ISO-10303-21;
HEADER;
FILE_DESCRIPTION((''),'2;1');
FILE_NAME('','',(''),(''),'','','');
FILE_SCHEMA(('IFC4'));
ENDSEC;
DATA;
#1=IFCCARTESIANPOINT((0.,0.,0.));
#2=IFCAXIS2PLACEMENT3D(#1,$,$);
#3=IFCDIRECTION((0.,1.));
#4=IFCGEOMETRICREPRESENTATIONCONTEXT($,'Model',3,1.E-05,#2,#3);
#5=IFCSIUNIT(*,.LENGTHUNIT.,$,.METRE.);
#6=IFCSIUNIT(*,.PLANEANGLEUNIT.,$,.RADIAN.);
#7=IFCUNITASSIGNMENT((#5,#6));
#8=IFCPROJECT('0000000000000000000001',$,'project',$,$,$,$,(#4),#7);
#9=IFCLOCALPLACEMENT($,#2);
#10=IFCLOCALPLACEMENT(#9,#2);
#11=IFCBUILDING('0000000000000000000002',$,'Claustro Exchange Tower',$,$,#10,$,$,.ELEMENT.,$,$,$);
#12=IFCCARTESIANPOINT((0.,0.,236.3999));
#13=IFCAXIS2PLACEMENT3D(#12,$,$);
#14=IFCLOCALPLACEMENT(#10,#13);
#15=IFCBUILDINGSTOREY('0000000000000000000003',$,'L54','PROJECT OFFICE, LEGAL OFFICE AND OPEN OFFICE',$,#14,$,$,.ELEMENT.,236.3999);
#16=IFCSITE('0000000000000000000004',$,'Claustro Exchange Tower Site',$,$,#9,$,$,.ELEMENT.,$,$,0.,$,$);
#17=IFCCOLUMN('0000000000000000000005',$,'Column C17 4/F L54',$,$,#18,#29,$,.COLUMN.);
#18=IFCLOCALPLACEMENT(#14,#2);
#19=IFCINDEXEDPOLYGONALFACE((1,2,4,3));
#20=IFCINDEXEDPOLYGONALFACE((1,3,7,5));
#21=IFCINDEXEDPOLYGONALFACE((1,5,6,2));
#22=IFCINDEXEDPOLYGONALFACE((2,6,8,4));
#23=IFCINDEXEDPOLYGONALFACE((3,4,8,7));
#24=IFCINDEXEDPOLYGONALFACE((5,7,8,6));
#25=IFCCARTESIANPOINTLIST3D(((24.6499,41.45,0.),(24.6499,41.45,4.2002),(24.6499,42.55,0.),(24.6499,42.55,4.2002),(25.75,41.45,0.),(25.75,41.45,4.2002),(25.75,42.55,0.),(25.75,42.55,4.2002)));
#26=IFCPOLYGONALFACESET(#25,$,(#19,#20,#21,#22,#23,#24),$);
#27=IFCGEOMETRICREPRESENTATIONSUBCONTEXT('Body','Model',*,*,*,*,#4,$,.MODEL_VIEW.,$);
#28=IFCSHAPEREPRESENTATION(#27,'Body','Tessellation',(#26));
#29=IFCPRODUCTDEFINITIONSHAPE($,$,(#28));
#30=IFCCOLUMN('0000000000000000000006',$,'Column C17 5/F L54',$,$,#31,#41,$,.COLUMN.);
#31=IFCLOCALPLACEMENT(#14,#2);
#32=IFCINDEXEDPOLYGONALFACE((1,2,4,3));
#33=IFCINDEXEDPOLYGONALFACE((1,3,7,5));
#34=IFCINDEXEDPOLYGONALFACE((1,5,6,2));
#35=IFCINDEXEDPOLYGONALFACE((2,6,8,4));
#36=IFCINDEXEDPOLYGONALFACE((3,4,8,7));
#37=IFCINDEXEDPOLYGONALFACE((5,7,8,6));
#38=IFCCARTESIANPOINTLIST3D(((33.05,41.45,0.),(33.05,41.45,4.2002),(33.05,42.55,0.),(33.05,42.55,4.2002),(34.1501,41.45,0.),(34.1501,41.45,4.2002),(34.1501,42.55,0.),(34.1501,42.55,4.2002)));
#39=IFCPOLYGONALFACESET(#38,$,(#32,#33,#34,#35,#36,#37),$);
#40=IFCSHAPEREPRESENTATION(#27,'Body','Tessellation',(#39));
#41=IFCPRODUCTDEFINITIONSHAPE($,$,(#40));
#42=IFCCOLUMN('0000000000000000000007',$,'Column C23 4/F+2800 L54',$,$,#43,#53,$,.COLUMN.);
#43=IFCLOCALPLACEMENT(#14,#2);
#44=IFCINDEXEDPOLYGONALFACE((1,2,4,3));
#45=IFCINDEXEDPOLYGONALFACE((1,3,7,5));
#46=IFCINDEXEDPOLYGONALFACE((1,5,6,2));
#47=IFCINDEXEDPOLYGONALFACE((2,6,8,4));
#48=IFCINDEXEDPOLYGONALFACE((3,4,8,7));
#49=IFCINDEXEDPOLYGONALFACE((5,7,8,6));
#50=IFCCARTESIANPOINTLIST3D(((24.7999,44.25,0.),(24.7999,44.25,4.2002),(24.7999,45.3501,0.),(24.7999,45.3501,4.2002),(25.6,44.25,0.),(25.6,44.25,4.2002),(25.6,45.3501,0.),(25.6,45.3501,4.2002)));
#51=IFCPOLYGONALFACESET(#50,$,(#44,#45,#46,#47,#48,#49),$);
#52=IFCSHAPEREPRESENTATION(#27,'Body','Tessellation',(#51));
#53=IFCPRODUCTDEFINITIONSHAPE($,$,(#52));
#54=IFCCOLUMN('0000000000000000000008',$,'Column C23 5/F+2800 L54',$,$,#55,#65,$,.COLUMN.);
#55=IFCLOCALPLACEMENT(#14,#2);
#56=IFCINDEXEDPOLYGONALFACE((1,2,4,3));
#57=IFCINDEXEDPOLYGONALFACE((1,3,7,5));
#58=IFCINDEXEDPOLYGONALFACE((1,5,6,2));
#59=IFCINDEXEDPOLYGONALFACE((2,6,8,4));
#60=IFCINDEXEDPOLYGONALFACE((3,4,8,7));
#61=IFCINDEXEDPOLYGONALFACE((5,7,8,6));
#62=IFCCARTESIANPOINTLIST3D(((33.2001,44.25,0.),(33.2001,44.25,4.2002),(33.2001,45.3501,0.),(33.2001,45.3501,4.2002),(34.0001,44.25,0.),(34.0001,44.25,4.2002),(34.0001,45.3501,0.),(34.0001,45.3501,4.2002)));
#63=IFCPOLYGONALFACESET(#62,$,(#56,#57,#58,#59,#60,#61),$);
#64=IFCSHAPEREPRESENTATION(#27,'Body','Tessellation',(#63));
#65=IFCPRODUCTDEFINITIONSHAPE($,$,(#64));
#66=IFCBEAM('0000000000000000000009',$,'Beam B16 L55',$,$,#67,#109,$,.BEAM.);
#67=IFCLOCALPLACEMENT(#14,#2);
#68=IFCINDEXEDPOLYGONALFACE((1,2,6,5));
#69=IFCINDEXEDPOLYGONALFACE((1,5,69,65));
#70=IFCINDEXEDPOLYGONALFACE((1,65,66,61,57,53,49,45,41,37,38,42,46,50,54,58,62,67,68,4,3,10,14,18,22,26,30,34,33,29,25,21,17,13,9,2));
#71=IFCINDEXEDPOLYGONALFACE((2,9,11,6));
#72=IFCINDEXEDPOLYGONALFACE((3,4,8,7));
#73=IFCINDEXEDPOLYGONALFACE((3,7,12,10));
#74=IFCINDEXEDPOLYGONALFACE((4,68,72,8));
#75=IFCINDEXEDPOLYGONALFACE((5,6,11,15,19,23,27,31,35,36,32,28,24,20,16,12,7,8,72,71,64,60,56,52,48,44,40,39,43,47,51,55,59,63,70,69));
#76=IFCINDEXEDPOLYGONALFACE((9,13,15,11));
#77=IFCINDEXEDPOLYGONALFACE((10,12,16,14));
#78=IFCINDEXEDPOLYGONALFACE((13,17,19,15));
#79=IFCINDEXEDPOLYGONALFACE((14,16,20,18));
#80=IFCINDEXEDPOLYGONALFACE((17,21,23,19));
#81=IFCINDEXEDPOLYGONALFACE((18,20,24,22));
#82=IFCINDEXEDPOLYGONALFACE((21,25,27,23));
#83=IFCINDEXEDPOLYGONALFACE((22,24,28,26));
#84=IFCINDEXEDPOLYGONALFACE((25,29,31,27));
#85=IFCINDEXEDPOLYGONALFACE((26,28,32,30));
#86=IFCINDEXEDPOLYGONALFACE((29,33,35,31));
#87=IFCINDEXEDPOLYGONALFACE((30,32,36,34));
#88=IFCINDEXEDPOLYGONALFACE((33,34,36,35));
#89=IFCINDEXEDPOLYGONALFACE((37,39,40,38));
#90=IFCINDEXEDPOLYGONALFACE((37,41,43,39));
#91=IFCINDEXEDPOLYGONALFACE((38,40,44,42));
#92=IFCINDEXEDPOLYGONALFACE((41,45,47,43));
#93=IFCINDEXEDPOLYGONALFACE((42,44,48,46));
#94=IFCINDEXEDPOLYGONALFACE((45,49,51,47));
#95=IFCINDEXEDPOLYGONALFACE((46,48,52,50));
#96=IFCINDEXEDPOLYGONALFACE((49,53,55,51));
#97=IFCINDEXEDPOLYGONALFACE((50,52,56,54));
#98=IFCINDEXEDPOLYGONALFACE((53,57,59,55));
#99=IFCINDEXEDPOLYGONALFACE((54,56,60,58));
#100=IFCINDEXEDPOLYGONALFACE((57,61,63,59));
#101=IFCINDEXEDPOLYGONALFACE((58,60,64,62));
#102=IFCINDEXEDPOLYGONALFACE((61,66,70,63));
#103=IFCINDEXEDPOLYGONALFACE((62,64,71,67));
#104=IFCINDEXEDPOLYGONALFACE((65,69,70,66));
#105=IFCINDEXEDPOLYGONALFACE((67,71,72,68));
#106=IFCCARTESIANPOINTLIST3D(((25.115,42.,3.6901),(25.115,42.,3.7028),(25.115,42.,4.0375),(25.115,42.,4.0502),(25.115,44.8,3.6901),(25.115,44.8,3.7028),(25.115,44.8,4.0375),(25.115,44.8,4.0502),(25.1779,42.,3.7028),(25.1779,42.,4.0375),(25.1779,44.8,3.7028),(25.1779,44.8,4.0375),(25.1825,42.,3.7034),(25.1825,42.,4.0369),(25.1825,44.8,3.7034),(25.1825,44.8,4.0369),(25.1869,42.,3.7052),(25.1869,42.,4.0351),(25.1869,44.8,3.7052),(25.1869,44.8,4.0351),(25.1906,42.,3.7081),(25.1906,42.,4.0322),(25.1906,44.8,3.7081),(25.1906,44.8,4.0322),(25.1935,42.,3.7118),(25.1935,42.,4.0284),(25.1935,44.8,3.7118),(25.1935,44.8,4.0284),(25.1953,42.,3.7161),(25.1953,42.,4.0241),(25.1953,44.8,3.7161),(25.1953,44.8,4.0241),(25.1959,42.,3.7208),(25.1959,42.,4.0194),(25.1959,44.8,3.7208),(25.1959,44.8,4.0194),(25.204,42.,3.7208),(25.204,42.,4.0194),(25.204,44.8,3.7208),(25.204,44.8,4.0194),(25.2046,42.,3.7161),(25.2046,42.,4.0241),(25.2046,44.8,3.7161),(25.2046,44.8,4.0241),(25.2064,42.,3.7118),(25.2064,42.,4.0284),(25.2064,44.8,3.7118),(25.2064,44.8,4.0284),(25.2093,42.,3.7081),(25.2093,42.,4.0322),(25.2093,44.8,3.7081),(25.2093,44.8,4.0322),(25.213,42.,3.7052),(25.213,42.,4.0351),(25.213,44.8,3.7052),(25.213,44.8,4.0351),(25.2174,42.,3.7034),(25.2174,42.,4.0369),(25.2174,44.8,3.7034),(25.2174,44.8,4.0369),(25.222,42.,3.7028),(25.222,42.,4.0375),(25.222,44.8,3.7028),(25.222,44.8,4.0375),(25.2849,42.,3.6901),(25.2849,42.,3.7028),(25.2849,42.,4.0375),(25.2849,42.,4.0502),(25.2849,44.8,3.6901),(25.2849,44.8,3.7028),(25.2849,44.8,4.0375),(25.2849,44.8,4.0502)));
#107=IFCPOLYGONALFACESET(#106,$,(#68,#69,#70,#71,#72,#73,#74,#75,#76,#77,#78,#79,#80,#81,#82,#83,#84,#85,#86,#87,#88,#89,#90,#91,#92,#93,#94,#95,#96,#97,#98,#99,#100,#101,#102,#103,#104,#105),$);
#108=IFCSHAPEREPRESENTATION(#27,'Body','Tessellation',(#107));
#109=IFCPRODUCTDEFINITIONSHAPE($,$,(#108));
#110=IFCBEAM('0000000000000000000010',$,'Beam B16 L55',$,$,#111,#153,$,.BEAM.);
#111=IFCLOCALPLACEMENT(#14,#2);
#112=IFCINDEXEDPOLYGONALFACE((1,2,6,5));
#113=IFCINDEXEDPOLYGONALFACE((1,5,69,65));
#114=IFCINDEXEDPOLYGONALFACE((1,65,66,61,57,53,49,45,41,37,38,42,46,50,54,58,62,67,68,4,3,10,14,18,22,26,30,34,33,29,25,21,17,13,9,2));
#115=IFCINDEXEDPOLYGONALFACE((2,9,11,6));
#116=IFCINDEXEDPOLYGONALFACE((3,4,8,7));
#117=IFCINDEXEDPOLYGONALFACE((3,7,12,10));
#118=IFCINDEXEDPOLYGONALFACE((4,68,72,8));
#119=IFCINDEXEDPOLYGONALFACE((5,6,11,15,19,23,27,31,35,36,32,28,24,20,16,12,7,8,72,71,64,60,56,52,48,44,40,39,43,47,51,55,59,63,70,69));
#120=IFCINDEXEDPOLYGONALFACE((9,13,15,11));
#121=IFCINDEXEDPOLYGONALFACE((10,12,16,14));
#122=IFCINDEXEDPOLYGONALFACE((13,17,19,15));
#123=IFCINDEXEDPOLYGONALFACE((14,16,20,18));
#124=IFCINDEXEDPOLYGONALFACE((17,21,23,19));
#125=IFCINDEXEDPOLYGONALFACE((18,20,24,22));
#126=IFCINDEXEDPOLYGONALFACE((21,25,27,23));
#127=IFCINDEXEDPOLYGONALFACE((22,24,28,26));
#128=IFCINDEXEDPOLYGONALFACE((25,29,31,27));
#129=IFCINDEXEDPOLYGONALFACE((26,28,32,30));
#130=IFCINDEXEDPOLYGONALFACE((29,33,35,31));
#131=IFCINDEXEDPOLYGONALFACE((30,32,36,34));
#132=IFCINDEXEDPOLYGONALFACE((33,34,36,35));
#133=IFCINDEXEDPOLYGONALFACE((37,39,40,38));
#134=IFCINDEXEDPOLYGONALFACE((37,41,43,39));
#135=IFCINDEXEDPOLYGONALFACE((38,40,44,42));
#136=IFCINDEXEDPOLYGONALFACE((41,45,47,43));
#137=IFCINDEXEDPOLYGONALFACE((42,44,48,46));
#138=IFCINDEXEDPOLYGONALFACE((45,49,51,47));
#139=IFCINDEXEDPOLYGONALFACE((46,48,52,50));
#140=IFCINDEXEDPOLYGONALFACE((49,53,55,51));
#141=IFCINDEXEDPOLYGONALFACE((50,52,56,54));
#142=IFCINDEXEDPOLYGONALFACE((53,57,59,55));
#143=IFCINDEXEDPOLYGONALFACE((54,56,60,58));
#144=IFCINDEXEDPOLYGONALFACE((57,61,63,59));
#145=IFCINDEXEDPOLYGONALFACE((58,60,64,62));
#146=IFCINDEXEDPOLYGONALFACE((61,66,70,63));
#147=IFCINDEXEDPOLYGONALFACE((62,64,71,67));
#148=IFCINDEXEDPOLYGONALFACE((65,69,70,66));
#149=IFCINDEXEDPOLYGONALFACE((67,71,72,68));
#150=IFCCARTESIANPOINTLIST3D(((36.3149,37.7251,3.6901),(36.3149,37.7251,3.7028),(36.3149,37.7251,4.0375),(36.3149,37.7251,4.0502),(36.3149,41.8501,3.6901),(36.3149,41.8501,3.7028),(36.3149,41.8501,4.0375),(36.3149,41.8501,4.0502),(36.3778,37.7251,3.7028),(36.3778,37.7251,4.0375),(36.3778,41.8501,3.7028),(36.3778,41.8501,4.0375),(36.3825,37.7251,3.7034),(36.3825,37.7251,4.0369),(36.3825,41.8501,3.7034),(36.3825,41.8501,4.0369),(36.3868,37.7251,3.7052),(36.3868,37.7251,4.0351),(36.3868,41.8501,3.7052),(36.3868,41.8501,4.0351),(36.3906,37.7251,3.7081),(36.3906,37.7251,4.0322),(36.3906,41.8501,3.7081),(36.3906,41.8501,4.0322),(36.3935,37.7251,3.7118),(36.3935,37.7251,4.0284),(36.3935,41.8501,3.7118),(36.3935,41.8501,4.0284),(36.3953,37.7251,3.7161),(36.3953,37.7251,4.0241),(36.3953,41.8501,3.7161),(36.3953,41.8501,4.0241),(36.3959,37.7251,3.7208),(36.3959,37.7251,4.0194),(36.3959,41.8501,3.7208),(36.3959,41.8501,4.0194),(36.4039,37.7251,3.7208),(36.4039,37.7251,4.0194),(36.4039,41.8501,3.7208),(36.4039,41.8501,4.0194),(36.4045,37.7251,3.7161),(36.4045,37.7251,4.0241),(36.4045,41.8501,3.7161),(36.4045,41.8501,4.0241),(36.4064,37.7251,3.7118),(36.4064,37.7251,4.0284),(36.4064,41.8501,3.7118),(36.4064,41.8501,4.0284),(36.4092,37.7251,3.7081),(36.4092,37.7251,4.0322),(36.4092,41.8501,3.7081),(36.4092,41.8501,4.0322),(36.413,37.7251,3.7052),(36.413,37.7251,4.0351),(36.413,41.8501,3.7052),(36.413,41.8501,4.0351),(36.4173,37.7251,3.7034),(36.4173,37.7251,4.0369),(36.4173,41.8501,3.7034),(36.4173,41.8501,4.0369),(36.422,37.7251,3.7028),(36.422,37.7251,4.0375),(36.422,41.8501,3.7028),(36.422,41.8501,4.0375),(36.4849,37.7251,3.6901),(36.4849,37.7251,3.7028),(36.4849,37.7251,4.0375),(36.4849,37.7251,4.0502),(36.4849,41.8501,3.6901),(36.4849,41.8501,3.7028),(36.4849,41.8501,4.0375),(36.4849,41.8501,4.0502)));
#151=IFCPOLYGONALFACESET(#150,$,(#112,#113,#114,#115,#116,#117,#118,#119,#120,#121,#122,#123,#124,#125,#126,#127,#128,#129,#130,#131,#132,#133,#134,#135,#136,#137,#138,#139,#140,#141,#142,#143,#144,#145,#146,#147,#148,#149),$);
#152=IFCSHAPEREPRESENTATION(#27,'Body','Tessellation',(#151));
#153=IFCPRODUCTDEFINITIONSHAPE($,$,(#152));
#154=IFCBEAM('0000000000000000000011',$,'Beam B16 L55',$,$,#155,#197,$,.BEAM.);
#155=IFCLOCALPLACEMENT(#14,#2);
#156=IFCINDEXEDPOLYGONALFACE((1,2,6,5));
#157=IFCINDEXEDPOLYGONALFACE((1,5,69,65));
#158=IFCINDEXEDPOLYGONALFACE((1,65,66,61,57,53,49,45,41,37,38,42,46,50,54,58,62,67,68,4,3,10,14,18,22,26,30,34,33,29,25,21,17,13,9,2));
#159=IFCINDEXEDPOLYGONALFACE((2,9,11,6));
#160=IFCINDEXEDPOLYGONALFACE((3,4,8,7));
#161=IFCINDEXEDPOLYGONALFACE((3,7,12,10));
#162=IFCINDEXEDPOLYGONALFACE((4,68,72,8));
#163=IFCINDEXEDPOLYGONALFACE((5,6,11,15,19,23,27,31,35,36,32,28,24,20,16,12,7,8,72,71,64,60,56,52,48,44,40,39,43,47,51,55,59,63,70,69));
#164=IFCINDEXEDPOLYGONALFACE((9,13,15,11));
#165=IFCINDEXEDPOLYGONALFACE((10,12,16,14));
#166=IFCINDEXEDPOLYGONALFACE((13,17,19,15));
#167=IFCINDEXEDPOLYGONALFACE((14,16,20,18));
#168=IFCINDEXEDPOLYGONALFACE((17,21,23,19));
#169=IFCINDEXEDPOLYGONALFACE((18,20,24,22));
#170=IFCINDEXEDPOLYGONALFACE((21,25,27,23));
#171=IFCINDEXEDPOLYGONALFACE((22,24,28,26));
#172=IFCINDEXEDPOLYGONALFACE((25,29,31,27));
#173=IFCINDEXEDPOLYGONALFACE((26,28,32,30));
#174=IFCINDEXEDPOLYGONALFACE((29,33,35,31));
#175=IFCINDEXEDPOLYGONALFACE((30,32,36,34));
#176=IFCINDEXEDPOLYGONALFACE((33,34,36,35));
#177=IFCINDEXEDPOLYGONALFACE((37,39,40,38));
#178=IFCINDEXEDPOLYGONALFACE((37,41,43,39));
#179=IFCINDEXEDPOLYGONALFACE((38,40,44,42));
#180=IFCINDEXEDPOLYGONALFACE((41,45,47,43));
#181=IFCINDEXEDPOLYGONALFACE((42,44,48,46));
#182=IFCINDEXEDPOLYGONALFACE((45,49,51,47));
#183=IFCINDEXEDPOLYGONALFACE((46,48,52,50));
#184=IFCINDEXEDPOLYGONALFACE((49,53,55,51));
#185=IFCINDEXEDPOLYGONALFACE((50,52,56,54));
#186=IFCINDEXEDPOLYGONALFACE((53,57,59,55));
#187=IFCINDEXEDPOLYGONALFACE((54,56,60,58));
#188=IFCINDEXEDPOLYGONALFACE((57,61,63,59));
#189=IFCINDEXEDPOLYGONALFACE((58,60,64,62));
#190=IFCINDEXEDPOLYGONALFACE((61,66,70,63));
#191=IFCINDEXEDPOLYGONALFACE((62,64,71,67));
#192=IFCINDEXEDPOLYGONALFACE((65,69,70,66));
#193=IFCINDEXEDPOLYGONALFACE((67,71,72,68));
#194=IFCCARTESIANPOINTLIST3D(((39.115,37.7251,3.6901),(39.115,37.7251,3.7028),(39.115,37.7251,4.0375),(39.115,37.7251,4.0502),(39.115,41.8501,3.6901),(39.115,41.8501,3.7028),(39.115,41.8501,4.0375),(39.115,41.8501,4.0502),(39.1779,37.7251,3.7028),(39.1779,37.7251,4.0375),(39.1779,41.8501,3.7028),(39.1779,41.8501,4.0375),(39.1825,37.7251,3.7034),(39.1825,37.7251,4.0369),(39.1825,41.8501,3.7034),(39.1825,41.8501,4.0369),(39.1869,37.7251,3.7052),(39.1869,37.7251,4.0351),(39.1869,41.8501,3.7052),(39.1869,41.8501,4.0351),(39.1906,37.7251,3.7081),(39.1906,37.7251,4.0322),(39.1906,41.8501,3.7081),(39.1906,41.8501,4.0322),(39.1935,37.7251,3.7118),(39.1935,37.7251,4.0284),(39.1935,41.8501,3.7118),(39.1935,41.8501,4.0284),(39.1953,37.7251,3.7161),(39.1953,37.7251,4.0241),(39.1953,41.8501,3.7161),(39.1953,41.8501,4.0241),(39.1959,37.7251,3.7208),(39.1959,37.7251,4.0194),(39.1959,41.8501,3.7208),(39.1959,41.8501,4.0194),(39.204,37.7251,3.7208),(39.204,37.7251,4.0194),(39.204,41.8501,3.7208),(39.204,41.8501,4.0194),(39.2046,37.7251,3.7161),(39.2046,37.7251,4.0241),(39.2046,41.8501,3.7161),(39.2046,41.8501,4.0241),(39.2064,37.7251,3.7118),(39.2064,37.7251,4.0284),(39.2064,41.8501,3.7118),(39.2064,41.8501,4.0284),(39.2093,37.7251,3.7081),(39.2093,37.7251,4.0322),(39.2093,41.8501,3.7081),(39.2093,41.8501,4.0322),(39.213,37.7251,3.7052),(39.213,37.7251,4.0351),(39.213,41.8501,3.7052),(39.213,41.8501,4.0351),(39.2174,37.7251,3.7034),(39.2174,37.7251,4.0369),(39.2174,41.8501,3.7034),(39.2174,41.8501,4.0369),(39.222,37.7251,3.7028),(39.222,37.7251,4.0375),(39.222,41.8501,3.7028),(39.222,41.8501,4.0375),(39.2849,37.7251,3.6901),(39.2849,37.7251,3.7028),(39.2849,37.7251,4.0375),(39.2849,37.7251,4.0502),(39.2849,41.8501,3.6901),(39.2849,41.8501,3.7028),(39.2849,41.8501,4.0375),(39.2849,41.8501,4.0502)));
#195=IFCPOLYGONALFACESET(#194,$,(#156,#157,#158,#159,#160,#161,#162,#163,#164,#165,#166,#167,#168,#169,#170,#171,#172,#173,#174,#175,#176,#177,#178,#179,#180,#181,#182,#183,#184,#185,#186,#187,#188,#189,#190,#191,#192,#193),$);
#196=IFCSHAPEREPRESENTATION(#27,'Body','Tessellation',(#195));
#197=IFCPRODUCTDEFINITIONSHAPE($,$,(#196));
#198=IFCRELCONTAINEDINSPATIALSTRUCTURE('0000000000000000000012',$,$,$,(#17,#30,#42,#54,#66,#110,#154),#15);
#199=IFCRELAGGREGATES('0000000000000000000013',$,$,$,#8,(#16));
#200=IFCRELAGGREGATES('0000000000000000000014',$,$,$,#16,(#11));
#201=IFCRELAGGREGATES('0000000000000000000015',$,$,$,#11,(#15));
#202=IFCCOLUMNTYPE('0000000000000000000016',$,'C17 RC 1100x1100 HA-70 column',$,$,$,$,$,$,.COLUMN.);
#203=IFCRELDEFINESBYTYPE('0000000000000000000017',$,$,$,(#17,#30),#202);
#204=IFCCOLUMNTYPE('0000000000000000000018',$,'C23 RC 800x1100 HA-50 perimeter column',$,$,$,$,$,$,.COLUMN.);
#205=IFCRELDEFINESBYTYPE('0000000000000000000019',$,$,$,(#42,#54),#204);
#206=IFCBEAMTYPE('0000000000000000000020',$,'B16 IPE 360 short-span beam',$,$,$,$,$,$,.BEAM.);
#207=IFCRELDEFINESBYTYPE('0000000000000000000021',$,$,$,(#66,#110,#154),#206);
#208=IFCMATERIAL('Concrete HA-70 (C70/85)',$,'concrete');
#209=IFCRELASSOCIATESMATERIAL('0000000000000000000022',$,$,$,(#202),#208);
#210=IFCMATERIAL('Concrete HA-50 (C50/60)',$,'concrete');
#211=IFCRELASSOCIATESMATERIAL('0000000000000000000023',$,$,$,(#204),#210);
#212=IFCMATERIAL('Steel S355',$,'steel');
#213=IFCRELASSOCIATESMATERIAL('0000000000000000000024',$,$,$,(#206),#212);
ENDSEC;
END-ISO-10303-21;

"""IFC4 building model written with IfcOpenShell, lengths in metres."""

from ifc_helpers import new_model, si_unit, direction, frame, origin, origin_2d, place, context, subcontext, project, spatial, rectangle, i_section, extrude, material, material_profile, profile_set, type_object, element, save


model = new_model("IFC4")

# Units and contexts
model_context = context("Model", 3, precision=1e-05, world=origin(), true_north=direction((0.0, 1.0)))
body_context = subcontext(model_context, "Body", "Model", "MODEL_VIEW")
ifc_project = project(units=[si_unit("LENGTHUNIT", "METRE"), si_unit("PLANEANGLEUNIT", "RADIAN")], contexts=[model_context])

# Site, building, storey
site_placement = place(None, origin())
site = spatial("IfcSite", under=ifc_project, at=site_placement, Name="Claustro Exchange Tower Site", CompositionType="ELEMENT", RefElevation=0.0)
building_placement = place(site_placement, origin())
building = spatial("IfcBuilding", under=site, at=building_placement, Name="Claustro Exchange Tower", CompositionType="ELEMENT")
storey_placement = place(building_placement, frame((0.0, 0.0, 236.3999)))
storey = spatial("IfcBuildingStorey", under=building, at=storey_placement, Name="L54", Description="PROJECT OFFICE, LEGAL OFFICE AND OPEN OFFICE", CompositionType="ELEMENT", Elevation=236.3999)

# Columns
ifc_material_1 = material(Name="Concrete HA-70 (C70/85)", Category="concrete")
ifc_material_profile_1 = material_profile(ifc_material_1, rectangle(XDim=1.1001, YDim=1.1001, at=origin_2d()), Name="RC 1100x1100")
ifc_profile_set_1 = profile_set([ifc_material_profile_1], Name="Concrete HA-70 (C70/85)")
column_type_1 = type_object("IfcColumnType", Name="C17 RC 1100x1100 HA-70 column", PredefinedType="COLUMN", material=ifc_profile_set_1)
for number, where, z_axis, x_axis, name in (
    (1, (25.2, 42.0, 0.0), (0.0, 0.0, 1.0), (1.0, 0.0, 0.0), "Column C17 4/F L54"),
    (2, (33.6001, 42.0, 0.0), (0.0, 0.0, 1.0), (1.0, 0.0, 0.0), "Column C17 5/F L54"),
):
    element("IfcColumn", number, at=place(storey_placement, frame(where, z_axis=z_axis, x_axis=x_axis)), inside=storey, type_object=column_type_1, Name=name, PredefinedType="COLUMN", context=body_context, shape_type="SweptSolid", body=[
        extrude(rectangle(XDim=1.1001, YDim=1.1001, at=origin_2d()), origin(), (0.0, 0.0, 1.0), 4.2002),
    ])
ifc_material_2 = material(Name="Concrete HA-50 (C50/60)", Category="concrete")
ifc_material_profile_2 = material_profile(ifc_material_2, rectangle(XDim=0.8, YDim=1.1001, at=origin_2d()), Name="RC 800x1100")
ifc_profile_set_2 = profile_set([ifc_material_profile_2], Name="Concrete HA-50 (C50/60)")
column_type_2 = type_object("IfcColumnType", Name="C23 RC 800x1100 HA-50 perimeter column", PredefinedType="COLUMN", material=ifc_profile_set_2)
for number, where, z_axis, x_axis, name in (
    (3, (25.2, 44.8, 0.0), (0.0, 0.0, 1.0), (1.0, 0.0, 0.0), "Column C23 4/F+2800 L54"),
    (4, (33.6001, 44.8, 0.0), (0.0, 0.0, 1.0), (1.0, 0.0, 0.0), "Column C23 5/F+2800 L54"),
):
    element("IfcColumn", number, at=place(storey_placement, frame(where, z_axis=z_axis, x_axis=x_axis)), inside=storey, type_object=column_type_2, Name=name, PredefinedType="COLUMN", context=body_context, shape_type="SweptSolid", body=[
        extrude(rectangle(XDim=0.8, YDim=1.1001, at=origin_2d()), origin(), (0.0, 0.0, 1.0), 4.2002),
    ])

# Beams
ifc_material_3 = material(Name="Steel S355", Category="steel")
ifc_material_profile_3 = material_profile(ifc_material_3, i_section(OverallWidth=0.1699, OverallDepth=0.3601, WebThickness=0.0081, FlangeThickness=0.0127, FilletRadius=0.0181, at=origin_2d()), Name="IPE 360")
ifc_profile_set_3 = profile_set([ifc_material_profile_3], Name="Steel S355")
beam_type_1 = type_object("IfcBeamType", Name="B16 IPE 360 short-span beam", PredefinedType="BEAM", material=ifc_profile_set_3)
beam_1_placement = place(storey_placement, frame((25.2, 42.0, 3.8701), z_axis=(0.0, 1.0, 0.0), x_axis=(-1.0, 0.0, 0.0)))
element("IfcBeam", 5, at=beam_1_placement, inside=storey, type_object=beam_type_1, Name="Beam B16 L55", PredefinedType="BEAM", context=body_context, shape_type="SweptSolid", body=[
    extrude(i_section(OverallWidth=0.1699, OverallDepth=0.3601, WebThickness=0.0081, FlangeThickness=0.0127, FilletRadius=0.0181, at=origin_2d()), origin(), (0.0, 0.0, 1.0), 2.8),
])
for number, where, z_axis, x_axis, name in (
    (6, (36.3999, 37.7251, 3.8701), (0.0, 1.0, 0.0), (-1.0, 0.0, 0.0), "Beam B16 L55"),
    (7, (39.2, 37.7251, 3.8701), (0.0, 1.0, 0.0), (-1.0, 0.0, 0.0), "Beam B16 L55"),
):
    element("IfcBeam", number, at=place(storey_placement, frame(where, z_axis=z_axis, x_axis=x_axis)), inside=storey, type_object=beam_type_1, Name=name, PredefinedType="BEAM", context=body_context, shape_type="SweptSolid", body=[
        extrude(i_section(OverallWidth=0.1699, OverallDepth=0.3601, WebThickness=0.0081, FlangeThickness=0.0127, FilletRadius=0.0181, at=origin_2d()), origin(), (0.0, 0.0, 1.0), 4.125),
    ])

save(model, "model.ifc")
